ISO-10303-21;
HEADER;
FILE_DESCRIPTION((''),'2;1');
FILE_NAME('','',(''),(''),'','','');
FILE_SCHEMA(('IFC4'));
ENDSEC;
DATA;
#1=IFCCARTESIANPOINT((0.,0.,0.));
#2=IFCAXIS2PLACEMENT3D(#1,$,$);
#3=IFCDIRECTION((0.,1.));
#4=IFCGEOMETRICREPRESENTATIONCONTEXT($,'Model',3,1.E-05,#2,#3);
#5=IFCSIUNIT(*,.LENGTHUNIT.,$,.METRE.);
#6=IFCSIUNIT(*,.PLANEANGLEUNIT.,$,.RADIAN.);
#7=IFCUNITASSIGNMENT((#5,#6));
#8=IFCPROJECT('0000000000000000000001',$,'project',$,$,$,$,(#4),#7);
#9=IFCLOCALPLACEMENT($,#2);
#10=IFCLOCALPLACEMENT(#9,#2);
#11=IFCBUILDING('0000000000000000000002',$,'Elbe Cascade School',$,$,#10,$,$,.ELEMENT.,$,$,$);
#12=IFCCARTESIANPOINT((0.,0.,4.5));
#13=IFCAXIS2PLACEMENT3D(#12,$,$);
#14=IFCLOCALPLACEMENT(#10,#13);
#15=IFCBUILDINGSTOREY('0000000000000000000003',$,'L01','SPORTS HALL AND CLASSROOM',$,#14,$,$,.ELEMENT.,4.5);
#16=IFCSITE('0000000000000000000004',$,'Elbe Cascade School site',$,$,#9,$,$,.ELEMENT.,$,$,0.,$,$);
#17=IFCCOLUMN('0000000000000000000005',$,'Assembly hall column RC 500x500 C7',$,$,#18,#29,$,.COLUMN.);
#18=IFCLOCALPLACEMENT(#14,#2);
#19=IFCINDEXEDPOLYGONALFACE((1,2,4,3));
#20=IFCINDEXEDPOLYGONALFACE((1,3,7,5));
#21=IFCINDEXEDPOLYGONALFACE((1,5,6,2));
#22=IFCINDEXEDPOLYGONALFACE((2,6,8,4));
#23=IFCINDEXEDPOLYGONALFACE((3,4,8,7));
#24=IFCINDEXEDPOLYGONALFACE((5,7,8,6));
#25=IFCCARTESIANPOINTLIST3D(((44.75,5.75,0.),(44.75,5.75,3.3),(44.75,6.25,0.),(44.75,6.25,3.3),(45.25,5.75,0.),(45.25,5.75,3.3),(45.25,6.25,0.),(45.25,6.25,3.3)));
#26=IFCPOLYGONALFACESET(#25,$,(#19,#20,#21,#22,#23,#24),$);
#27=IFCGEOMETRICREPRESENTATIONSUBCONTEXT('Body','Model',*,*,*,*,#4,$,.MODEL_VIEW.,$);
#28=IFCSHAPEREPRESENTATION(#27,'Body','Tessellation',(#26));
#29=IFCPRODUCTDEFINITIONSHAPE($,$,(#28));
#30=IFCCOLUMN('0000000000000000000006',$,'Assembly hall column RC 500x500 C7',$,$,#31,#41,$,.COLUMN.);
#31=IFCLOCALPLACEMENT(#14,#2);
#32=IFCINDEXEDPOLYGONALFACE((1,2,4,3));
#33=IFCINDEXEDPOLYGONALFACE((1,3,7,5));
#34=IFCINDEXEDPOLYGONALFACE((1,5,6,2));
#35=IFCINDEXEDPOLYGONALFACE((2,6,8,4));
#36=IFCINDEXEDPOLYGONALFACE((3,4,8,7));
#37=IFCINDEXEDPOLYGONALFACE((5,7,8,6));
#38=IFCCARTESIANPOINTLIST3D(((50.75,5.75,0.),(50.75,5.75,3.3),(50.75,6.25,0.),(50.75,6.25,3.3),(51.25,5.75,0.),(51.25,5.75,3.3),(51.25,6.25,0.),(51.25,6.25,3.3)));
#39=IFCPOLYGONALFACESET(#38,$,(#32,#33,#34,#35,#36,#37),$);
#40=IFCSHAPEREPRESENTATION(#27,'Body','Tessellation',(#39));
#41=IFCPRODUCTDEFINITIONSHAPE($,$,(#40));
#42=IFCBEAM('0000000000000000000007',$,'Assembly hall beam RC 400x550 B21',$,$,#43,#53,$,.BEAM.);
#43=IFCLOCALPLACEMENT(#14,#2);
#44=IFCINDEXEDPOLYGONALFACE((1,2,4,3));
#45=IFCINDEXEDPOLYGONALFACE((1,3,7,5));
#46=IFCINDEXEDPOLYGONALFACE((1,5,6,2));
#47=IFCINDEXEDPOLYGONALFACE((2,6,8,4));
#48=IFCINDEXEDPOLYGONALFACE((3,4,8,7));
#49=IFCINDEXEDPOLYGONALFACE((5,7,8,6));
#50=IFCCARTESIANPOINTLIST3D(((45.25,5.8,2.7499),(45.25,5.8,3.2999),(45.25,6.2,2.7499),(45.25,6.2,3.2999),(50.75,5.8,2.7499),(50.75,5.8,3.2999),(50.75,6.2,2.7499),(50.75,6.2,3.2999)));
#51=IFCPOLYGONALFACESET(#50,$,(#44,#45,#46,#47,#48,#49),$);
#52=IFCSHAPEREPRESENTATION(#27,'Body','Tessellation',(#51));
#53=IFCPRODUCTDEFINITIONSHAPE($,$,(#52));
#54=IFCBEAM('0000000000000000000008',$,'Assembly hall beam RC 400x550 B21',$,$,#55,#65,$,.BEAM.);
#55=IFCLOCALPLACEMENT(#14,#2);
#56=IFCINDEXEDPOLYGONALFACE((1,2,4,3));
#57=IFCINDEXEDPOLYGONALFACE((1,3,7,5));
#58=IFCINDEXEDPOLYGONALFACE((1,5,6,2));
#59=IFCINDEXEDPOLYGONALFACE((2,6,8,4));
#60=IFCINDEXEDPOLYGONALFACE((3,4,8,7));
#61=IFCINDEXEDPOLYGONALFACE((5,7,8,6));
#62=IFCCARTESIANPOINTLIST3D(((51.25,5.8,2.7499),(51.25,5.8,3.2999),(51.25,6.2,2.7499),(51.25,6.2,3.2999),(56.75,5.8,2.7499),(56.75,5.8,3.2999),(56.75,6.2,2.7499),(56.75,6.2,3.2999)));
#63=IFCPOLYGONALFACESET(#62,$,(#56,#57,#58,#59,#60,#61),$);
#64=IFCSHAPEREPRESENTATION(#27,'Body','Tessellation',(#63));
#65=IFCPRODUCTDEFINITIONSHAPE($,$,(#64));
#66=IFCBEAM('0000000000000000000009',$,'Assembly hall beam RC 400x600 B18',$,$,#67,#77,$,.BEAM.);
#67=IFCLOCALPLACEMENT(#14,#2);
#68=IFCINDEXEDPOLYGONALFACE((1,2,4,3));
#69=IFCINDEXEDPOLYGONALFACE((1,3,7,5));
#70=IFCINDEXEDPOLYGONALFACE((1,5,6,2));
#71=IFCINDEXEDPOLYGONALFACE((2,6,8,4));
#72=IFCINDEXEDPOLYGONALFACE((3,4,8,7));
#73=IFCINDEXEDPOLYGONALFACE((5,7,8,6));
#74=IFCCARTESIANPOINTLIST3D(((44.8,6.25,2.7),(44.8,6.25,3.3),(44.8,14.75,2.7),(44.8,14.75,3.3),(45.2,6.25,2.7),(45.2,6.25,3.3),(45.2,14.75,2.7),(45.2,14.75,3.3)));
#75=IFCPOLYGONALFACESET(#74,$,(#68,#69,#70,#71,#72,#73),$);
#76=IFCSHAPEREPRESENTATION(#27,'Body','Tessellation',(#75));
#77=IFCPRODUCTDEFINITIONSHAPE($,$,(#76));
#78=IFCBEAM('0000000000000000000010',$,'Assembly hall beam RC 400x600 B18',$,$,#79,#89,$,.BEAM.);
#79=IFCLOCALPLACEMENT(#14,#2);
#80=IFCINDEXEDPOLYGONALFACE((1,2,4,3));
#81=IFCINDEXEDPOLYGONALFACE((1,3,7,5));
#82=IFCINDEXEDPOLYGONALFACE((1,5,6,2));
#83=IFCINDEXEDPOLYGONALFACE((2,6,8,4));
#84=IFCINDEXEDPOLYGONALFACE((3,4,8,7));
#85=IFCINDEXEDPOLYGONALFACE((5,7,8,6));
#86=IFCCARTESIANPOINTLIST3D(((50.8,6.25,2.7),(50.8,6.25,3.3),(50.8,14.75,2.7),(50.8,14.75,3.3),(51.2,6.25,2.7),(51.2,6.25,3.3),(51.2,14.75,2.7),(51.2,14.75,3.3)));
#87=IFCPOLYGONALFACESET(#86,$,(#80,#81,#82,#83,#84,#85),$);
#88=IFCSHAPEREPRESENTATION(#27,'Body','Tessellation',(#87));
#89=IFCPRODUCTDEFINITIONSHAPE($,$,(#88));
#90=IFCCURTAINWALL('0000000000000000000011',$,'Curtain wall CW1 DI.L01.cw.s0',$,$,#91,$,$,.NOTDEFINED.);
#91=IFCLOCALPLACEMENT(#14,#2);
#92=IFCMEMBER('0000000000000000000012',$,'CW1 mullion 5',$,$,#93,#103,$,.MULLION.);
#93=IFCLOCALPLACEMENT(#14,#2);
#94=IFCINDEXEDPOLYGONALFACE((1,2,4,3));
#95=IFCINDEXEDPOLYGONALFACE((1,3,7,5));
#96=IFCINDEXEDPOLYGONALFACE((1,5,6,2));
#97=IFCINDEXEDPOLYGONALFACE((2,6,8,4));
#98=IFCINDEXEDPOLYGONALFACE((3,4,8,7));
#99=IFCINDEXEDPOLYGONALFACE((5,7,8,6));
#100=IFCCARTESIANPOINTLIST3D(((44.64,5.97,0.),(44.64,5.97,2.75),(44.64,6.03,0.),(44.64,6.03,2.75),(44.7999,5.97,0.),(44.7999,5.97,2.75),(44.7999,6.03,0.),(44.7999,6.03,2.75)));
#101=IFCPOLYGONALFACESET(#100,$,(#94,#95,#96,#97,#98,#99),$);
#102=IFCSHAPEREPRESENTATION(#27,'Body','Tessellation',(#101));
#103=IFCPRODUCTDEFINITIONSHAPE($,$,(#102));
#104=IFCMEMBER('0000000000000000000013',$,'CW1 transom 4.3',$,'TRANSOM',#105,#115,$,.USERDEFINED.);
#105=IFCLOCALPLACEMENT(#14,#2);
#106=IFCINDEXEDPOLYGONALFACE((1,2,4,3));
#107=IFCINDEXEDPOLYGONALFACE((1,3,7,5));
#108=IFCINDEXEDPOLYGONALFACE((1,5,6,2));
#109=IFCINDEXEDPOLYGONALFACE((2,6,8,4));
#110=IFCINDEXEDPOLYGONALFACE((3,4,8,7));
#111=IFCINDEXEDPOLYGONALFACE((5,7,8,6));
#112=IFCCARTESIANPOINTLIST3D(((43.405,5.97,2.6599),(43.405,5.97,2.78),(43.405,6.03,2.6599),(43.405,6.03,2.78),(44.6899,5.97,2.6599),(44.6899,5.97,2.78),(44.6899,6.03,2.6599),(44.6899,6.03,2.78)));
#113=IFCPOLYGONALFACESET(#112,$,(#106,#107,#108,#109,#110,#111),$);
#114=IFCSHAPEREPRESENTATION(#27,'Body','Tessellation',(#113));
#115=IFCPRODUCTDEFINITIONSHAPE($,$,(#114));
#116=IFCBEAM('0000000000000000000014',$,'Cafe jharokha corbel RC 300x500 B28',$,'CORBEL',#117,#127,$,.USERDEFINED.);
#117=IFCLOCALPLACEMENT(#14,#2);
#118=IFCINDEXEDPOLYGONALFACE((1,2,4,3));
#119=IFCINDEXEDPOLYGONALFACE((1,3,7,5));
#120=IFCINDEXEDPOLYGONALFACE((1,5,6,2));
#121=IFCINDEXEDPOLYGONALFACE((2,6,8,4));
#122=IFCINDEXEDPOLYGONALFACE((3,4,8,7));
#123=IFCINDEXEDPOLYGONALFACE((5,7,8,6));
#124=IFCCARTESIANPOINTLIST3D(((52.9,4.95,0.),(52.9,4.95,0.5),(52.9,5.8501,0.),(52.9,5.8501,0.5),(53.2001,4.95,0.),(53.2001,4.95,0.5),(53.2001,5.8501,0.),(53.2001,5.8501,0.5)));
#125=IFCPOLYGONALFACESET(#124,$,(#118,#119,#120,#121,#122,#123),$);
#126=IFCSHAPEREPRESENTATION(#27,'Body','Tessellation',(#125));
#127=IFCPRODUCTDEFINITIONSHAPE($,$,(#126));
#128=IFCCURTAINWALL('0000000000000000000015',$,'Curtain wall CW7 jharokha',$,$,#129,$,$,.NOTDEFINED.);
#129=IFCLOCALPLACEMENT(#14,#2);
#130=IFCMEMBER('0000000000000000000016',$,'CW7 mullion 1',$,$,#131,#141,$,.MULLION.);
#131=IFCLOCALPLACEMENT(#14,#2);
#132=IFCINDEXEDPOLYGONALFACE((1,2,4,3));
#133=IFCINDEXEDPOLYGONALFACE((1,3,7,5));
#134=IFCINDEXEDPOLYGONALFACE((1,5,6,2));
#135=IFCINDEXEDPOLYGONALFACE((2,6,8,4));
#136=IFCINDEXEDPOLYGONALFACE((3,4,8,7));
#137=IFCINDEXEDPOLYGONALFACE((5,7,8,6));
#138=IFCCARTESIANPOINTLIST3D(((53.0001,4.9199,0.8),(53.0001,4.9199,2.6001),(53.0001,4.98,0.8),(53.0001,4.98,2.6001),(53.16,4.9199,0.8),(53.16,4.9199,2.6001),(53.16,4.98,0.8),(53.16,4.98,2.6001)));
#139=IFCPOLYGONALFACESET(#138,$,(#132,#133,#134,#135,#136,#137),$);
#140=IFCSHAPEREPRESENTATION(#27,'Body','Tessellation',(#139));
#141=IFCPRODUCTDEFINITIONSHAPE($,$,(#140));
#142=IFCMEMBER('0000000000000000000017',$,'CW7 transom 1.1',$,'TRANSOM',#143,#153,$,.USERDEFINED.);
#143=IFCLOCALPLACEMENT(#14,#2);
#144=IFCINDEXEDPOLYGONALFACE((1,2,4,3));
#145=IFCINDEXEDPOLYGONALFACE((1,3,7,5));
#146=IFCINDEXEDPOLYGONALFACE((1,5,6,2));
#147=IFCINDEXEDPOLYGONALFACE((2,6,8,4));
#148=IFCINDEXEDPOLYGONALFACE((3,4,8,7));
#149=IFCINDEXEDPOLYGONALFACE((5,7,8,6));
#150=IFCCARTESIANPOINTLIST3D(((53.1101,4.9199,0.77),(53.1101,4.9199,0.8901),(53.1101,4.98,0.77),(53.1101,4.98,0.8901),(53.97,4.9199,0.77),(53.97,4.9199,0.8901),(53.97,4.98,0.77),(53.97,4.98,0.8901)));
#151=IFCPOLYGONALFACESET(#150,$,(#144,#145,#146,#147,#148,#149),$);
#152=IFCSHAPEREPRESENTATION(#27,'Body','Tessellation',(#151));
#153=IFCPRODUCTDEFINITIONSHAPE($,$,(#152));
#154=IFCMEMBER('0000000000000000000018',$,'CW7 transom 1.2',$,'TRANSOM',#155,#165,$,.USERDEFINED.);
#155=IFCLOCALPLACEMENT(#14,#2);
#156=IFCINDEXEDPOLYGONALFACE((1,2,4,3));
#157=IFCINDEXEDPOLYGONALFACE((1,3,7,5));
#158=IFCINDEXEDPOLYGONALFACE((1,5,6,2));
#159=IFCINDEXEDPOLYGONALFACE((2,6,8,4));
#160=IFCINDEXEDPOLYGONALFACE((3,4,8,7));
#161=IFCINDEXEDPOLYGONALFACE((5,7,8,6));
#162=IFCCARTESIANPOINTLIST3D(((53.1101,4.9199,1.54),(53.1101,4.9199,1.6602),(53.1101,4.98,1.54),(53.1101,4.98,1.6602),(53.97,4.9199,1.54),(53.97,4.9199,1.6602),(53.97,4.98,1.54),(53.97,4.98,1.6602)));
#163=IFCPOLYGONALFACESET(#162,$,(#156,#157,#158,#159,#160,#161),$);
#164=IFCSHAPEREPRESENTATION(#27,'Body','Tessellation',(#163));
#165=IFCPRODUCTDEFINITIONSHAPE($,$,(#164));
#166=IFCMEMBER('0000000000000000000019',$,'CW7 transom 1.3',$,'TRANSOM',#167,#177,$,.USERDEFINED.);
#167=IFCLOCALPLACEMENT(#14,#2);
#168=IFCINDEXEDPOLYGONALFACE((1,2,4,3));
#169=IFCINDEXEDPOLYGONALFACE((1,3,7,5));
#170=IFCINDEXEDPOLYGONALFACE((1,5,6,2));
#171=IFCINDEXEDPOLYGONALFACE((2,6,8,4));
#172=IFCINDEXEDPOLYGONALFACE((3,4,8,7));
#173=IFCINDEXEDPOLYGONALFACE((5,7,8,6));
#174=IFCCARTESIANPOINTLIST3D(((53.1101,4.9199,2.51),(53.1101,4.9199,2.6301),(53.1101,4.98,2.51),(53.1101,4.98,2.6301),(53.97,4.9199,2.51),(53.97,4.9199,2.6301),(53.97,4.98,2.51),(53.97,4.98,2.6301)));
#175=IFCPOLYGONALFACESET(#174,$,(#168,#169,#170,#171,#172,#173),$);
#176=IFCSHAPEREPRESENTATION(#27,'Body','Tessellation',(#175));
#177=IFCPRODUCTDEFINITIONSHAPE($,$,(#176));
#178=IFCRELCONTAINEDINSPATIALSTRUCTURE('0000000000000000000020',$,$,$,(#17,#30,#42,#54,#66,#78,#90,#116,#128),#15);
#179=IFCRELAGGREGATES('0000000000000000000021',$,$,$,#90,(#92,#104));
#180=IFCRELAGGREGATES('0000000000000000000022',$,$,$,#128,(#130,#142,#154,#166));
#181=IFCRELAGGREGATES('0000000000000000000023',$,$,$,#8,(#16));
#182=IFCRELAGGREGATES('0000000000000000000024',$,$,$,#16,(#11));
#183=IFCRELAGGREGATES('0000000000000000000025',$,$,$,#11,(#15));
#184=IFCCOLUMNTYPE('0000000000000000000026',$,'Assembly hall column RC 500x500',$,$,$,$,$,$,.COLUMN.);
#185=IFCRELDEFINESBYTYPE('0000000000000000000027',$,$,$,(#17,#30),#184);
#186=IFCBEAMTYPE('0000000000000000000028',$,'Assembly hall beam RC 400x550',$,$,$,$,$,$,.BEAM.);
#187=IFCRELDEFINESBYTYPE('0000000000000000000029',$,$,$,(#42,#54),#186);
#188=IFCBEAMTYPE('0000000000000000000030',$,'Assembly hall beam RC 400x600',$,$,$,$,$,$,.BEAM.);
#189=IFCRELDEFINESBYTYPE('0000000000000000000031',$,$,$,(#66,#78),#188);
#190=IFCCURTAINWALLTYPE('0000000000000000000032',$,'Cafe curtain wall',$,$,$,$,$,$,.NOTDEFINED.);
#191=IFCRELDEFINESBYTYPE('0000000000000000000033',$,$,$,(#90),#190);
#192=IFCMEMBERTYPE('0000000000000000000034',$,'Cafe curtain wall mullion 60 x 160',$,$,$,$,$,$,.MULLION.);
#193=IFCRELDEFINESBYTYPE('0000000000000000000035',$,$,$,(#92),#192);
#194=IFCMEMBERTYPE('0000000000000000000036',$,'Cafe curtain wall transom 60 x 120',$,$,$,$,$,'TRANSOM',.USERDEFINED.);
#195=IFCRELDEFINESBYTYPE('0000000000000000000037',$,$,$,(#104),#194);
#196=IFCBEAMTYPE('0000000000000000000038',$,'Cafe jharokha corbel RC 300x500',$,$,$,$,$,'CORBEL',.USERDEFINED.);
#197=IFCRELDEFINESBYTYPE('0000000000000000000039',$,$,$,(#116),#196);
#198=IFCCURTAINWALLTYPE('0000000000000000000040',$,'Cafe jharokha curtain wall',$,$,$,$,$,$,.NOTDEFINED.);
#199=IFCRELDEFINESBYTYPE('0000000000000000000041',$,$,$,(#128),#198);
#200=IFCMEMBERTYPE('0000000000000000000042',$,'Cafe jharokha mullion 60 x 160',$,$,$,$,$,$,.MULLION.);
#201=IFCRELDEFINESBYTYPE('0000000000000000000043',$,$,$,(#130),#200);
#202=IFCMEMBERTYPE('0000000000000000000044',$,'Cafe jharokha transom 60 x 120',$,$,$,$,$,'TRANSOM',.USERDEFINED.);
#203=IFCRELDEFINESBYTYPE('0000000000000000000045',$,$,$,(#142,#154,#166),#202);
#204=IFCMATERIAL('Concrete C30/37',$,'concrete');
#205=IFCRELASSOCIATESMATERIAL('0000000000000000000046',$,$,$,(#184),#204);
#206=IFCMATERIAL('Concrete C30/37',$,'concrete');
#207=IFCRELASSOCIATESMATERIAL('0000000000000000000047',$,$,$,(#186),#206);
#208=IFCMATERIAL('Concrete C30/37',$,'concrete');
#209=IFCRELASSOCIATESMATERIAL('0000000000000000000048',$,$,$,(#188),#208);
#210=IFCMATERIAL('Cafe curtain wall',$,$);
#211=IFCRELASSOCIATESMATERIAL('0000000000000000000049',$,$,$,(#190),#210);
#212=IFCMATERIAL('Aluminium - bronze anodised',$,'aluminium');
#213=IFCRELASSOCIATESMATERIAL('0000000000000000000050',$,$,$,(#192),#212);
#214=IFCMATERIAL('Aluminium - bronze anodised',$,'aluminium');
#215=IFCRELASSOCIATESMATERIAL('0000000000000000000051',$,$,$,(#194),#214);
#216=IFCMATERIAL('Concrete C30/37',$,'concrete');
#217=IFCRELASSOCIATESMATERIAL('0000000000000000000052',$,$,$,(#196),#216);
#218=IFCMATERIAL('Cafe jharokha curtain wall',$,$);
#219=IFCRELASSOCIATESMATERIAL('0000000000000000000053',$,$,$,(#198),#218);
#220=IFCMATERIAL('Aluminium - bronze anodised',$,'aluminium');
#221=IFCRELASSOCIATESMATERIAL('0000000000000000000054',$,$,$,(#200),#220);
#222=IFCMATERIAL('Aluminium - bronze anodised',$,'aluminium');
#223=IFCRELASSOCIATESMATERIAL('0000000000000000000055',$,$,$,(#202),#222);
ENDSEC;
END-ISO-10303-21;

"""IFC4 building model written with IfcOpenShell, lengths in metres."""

from ifc_helpers import new_model, si_unit, direction, frame, origin, origin_2d, place, context, subcontext, project, spatial, rectangle, extrude, material, material_profile, profile_set, type_object, element, aggregate, save


model = new_model("IFC4")

# Units and contexts
model_context = context("Model", 3, precision=1e-05, world=origin(), true_north=direction((0.0, 1.0)))
body_context = subcontext(model_context, "Body", "Model", "MODEL_VIEW")
ifc_project = project(units=[si_unit("LENGTHUNIT", "METRE"), si_unit("PLANEANGLEUNIT", "RADIAN")], contexts=[model_context])

# Site, building, storey
site_placement = place(None, origin())
site = spatial("IfcSite", under=ifc_project, at=site_placement, Name="Elbe Cascade School site", CompositionType="ELEMENT", RefElevation=0.0)
building_placement = place(site_placement, origin())
building = spatial("IfcBuilding", under=site, at=building_placement, Name="Elbe Cascade School", CompositionType="ELEMENT")
storey_placement = place(building_placement, frame((0.0, 0.0, 4.5)))
storey = spatial("IfcBuildingStorey", under=building, at=storey_placement, Name="L01", Description="SPORTS HALL AND CLASSROOM", CompositionType="ELEMENT", Elevation=4.5)

# Columns
ifc_material_1 = material(Name="Concrete C30/37", Category="concrete")
ifc_material_profile_1 = material_profile(ifc_material_1, rectangle(XDim=0.5, YDim=0.5, at=origin_2d()), Name="RC 500x500")
ifc_profile_set_1 = profile_set([ifc_material_profile_1], Name="Concrete C30/37")
column_type = type_object("IfcColumnType", Name="Assembly hall column RC 500x500", PredefinedType="COLUMN", material=ifc_profile_set_1)
for number, where, z_axis, x_axis, name in (
    (1, (45.0, 6.0, 0.0), (0.0, 0.0, 1.0), (1.0, 0.0, 0.0), "Assembly hall column RC 500x500 C7"),
    (2, (51.0, 6.0, 0.0), (0.0, 0.0, 1.0), (1.0, 0.0, 0.0), "Assembly hall column RC 500x500 C7"),
):
    element("IfcColumn", number, at=place(storey_placement, frame(where, z_axis=z_axis, x_axis=x_axis)), inside=storey, type_object=column_type, Name=name, PredefinedType="COLUMN", context=body_context, shape_type="SweptSolid", body=[
        extrude(rectangle(XDim=0.5, YDim=0.5, at=origin_2d()), origin(), (0.0, 0.0, 1.0), 3.3),
    ])

# Beams
ifc_material_2 = material(Name="Concrete C30/37", Category="concrete")
ifc_material_profile_2 = material_profile(ifc_material_2, rectangle(XDim=0.3999, YDim=0.55, at=origin_2d()), Name="RC 400x550")
ifc_profile_set_2 = profile_set([ifc_material_profile_2], Name="Concrete C30/37")
beam_type_1 = type_object("IfcBeamType", Name="Assembly hall beam RC 400x550", PredefinedType="BEAM", material=ifc_profile_set_2)
for number, where, z_axis, x_axis, name in (
    (3, (45.25, 6.0, 3.0249), (1.0, 0.0, 0.0), (0.0, 1.0, 0.0), "Assembly hall beam RC 400x550 B21"),
    (4, (51.25, 6.0, 3.0249), (1.0, 0.0, 0.0), (0.0, 1.0, 0.0), "Assembly hall beam RC 400x550 B21"),
):
    element("IfcBeam", number, at=place(storey_placement, frame(where, z_axis=z_axis, x_axis=x_axis)), inside=storey, type_object=beam_type_1, Name=name, PredefinedType="BEAM", context=body_context, shape_type="SweptSolid", body=[
        extrude(rectangle(XDim=0.3999, YDim=0.55, at=origin_2d()), origin(), (0.0, 0.0, 1.0), 5.5),
    ])
ifc_material_3 = material(Name="Concrete C30/37", Category="concrete")
ifc_material_profile_3 = material_profile(ifc_material_3, rectangle(XDim=0.3999, YDim=0.6001, at=origin_2d()), Name="RC 400x600")
ifc_profile_set_3 = profile_set([ifc_material_profile_3], Name="Concrete C30/37")
beam_type_2 = type_object("IfcBeamType", Name="Assembly hall beam RC 400x600", PredefinedType="BEAM", material=ifc_profile_set_3)
for number, where, z_axis, x_axis, name in (
    (5, (45.0, 6.25, 3.0), (0.0, 1.0, 0.0), (-1.0, 0.0, 0.0), "Assembly hall beam RC 400x600 B18"),
    (6, (51.0, 6.25, 3.0), (0.0, 1.0, 0.0), (-1.0, 0.0, 0.0), "Assembly hall beam RC 400x600 B18"),
):
    element("IfcBeam", number, at=place(storey_placement, frame(where, z_axis=z_axis, x_axis=x_axis)), inside=storey, type_object=beam_type_2, Name=name, PredefinedType="BEAM", context=body_context, shape_type="SweptSolid", body=[
        extrude(rectangle(XDim=0.3999, YDim=0.6001, at=origin_2d()), origin(), (0.0, 0.0, 1.0), 8.5),
    ])

# Curtain wall, members
ifc_material_4 = material(Name="Cafe curtain wall")
curtain_wall_type_1 = type_object("IfcCurtainWallType", Name="Cafe curtain wall", PredefinedType="NOTDEFINED", material=ifc_material_4)
curtain_wall_1_placement = place(storey_placement, origin())
curtain_wall_1 = element("IfcCurtainWall", 7, at=curtain_wall_1_placement, inside=storey, type_object=curtain_wall_type_1, Name="Curtain wall CW1 DI.L01.cw.s0", PredefinedType="NOTDEFINED")
ifc_material_5 = material(Name="Aluminium - bronze anodised", Category="aluminium")
ifc_material_profile_4 = material_profile(ifc_material_5, rectangle(XDim=0.0601, YDim=0.1599, at=origin_2d()), Name="RECT 60x160")
ifc_profile_set_4 = profile_set([ifc_material_profile_4], Name="Aluminium - bronze anodised")
member_type_1 = type_object("IfcMemberType", Name="Cafe curtain wall mullion 60 x 160", PredefinedType="MULLION", material=ifc_profile_set_4)
member_1_placement = place(storey_placement, frame((44.72, 6.0, 0.0), z_axis=(0.0, 0.0, 1.0), x_axis=(0.0, 1.0, 0.0)))
member_1 = element("IfcMember", 8, at=member_1_placement, type_object=member_type_1, Name="CW1 mullion 5", PredefinedType="MULLION", context=body_context, shape_type="SweptSolid", body=[
    extrude(rectangle(XDim=0.0601, YDim=0.1599, at=origin_2d()), origin(), (0.0, 0.0, 1.0), 2.75),
])
ifc_material_6 = material(Name="Aluminium - bronze anodised", Category="aluminium")
ifc_material_profile_5 = material_profile(ifc_material_6, rectangle(XDim=0.0601, YDim=0.1201, at=origin_2d()), Name="RECT 60x120")
ifc_profile_set_5 = profile_set([ifc_material_profile_5], Name="Aluminium - bronze anodised")
member_type_2 = type_object("IfcMemberType", Name="Cafe curtain wall transom 60 x 120", ElementType="TRANSOM", PredefinedType="USERDEFINED", material=ifc_profile_set_5)
member_2_placement = place(storey_placement, frame((43.405, 6.0, 2.72), z_axis=(1.0, 0.0, 0.0), x_axis=(0.0, 1.0, 0.0)))
member_2 = element("IfcMember", 9, at=member_2_placement, type_object=member_type_2, Name="CW1 transom 4.3", ObjectType="TRANSOM", PredefinedType="USERDEFINED", context=body_context, shape_type="SweptSolid", body=[
    extrude(rectangle(XDim=0.0601, YDim=0.1201, at=origin_2d()), origin(), (0.0, 0.0, 1.0), 1.2849),
])

# Beam
ifc_material_7 = material(Name="Concrete C30/37", Category="concrete")
ifc_material_profile_6 = material_profile(ifc_material_7, rectangle(XDim=0.3, YDim=0.5, at=origin_2d()), Name="RC 300x500")
ifc_profile_set_6 = profile_set([ifc_material_profile_6], Name="Concrete C30/37")
beam_type_3 = type_object("IfcBeamType", Name="Cafe jharokha corbel RC 300x500", ElementType="CORBEL", PredefinedType="USERDEFINED", material=ifc_profile_set_6)
beam_placement = place(storey_placement, frame((53.05, 5.8501, 0.25), z_axis=(0.0, -1.0, 0.0), x_axis=(1.0, 0.0, 0.0)))
element("IfcBeam", 10, at=beam_placement, inside=storey, type_object=beam_type_3, Name="Cafe jharokha corbel RC 300x500 B28", ObjectType="CORBEL", PredefinedType="USERDEFINED", context=body_context, shape_type="SweptSolid", body=[
    extrude(rectangle(XDim=0.3, YDim=0.5, at=origin_2d()), origin(), (0.0, 0.0, 1.0), 0.9001),
])

# Curtain wall, members
ifc_material_8 = material(Name="Cafe jharokha curtain wall")
curtain_wall_type_2 = type_object("IfcCurtainWallType", Name="Cafe jharokha curtain wall", PredefinedType="NOTDEFINED", material=ifc_material_8)
curtain_wall_2_placement = place(storey_placement, origin())
curtain_wall_2 = element("IfcCurtainWall", 11, at=curtain_wall_2_placement, inside=storey, type_object=curtain_wall_type_2, Name="Curtain wall CW7 jharokha", PredefinedType="NOTDEFINED")
ifc_material_9 = material(Name="Aluminium - bronze anodised", Category="aluminium")
ifc_material_profile_7 = material_profile(ifc_material_9, rectangle(XDim=0.0601, YDim=0.1599, at=origin_2d()), Name="RECT 60x160")
ifc_profile_set_7 = profile_set([ifc_material_profile_7], Name="Aluminium - bronze anodised")
member_type_3 = type_object("IfcMemberType", Name="Cafe jharokha mullion 60 x 160", PredefinedType="MULLION", material=ifc_profile_set_7)
member_3_placement = place(storey_placement, frame((53.0801, 4.95, 0.8), z_axis=(0.0, 0.0, 1.0), x_axis=(0.0, 1.0, 0.0)))
member_3 = element("IfcMember", 12, at=member_3_placement, type_object=member_type_3, Name="CW7 mullion 1", PredefinedType="MULLION", context=body_context, shape_type="SweptSolid", body=[
    extrude(rectangle(XDim=0.0601, YDim=0.1599, at=origin_2d()), origin(), (0.0, 0.0, 1.0), 1.8),
])
ifc_material_10 = material(Name="Aluminium - bronze anodised", Category="aluminium")
ifc_material_profile_8 = material_profile(ifc_material_10, rectangle(XDim=0.0601, YDim=0.1201, at=origin_2d()), Name="RECT 60x120")
ifc_profile_set_8 = profile_set([ifc_material_profile_8], Name="Aluminium - bronze anodised")
member_type_4 = type_object("IfcMemberType", Name="Cafe jharokha transom 60 x 120", ElementType="TRANSOM", PredefinedType="USERDEFINED", material=ifc_profile_set_8)
member_4_placement = place(storey_placement, frame((53.1101, 4.95, 0.8301), z_axis=(1.0, 0.0, 0.0), x_axis=(0.0, 1.0, 0.0)))
member_4 = element("IfcMember", 13, at=member_4_placement, type_object=member_type_4, Name="CW7 transom 1.1", ObjectType="TRANSOM", PredefinedType="USERDEFINED", context=body_context, shape_type="SweptSolid", body=[
    extrude(rectangle(XDim=0.0601, YDim=0.1201, at=origin_2d()), origin(), (0.0, 0.0, 1.0), 0.8599),
])
member_5_placement = place(storey_placement, frame((53.1101, 4.95, 1.6001), z_axis=(1.0, 0.0, 0.0), x_axis=(0.0, 1.0, 0.0)))
member_5 = element("IfcMember", 14, at=member_5_placement, type_object=member_type_4, Name="CW7 transom 1.2", ObjectType="TRANSOM", PredefinedType="USERDEFINED", context=body_context, shape_type="SweptSolid", body=[
    extrude(rectangle(XDim=0.0601, YDim=0.1201, at=origin_2d()), origin(), (0.0, 0.0, 1.0), 0.8599),
])
member_6_placement = place(storey_placement, frame((53.1101, 4.95, 2.5701), z_axis=(1.0, 0.0, 0.0), x_axis=(0.0, 1.0, 0.0)))
member_6 = element("IfcMember", 15, at=member_6_placement, type_object=member_type_4, Name="CW7 transom 1.3", ObjectType="TRANSOM", PredefinedType="USERDEFINED", context=body_context, shape_type="SweptSolid", body=[
    extrude(rectangle(XDim=0.0601, YDim=0.1201, at=origin_2d()), origin(), (0.0, 0.0, 1.0), 0.8599),
])

aggregate(curtain_wall_1, [member_1, member_2])
aggregate(curtain_wall_2, [member_3, member_4, member_5, member_6])

save(model, "model.ifc")
